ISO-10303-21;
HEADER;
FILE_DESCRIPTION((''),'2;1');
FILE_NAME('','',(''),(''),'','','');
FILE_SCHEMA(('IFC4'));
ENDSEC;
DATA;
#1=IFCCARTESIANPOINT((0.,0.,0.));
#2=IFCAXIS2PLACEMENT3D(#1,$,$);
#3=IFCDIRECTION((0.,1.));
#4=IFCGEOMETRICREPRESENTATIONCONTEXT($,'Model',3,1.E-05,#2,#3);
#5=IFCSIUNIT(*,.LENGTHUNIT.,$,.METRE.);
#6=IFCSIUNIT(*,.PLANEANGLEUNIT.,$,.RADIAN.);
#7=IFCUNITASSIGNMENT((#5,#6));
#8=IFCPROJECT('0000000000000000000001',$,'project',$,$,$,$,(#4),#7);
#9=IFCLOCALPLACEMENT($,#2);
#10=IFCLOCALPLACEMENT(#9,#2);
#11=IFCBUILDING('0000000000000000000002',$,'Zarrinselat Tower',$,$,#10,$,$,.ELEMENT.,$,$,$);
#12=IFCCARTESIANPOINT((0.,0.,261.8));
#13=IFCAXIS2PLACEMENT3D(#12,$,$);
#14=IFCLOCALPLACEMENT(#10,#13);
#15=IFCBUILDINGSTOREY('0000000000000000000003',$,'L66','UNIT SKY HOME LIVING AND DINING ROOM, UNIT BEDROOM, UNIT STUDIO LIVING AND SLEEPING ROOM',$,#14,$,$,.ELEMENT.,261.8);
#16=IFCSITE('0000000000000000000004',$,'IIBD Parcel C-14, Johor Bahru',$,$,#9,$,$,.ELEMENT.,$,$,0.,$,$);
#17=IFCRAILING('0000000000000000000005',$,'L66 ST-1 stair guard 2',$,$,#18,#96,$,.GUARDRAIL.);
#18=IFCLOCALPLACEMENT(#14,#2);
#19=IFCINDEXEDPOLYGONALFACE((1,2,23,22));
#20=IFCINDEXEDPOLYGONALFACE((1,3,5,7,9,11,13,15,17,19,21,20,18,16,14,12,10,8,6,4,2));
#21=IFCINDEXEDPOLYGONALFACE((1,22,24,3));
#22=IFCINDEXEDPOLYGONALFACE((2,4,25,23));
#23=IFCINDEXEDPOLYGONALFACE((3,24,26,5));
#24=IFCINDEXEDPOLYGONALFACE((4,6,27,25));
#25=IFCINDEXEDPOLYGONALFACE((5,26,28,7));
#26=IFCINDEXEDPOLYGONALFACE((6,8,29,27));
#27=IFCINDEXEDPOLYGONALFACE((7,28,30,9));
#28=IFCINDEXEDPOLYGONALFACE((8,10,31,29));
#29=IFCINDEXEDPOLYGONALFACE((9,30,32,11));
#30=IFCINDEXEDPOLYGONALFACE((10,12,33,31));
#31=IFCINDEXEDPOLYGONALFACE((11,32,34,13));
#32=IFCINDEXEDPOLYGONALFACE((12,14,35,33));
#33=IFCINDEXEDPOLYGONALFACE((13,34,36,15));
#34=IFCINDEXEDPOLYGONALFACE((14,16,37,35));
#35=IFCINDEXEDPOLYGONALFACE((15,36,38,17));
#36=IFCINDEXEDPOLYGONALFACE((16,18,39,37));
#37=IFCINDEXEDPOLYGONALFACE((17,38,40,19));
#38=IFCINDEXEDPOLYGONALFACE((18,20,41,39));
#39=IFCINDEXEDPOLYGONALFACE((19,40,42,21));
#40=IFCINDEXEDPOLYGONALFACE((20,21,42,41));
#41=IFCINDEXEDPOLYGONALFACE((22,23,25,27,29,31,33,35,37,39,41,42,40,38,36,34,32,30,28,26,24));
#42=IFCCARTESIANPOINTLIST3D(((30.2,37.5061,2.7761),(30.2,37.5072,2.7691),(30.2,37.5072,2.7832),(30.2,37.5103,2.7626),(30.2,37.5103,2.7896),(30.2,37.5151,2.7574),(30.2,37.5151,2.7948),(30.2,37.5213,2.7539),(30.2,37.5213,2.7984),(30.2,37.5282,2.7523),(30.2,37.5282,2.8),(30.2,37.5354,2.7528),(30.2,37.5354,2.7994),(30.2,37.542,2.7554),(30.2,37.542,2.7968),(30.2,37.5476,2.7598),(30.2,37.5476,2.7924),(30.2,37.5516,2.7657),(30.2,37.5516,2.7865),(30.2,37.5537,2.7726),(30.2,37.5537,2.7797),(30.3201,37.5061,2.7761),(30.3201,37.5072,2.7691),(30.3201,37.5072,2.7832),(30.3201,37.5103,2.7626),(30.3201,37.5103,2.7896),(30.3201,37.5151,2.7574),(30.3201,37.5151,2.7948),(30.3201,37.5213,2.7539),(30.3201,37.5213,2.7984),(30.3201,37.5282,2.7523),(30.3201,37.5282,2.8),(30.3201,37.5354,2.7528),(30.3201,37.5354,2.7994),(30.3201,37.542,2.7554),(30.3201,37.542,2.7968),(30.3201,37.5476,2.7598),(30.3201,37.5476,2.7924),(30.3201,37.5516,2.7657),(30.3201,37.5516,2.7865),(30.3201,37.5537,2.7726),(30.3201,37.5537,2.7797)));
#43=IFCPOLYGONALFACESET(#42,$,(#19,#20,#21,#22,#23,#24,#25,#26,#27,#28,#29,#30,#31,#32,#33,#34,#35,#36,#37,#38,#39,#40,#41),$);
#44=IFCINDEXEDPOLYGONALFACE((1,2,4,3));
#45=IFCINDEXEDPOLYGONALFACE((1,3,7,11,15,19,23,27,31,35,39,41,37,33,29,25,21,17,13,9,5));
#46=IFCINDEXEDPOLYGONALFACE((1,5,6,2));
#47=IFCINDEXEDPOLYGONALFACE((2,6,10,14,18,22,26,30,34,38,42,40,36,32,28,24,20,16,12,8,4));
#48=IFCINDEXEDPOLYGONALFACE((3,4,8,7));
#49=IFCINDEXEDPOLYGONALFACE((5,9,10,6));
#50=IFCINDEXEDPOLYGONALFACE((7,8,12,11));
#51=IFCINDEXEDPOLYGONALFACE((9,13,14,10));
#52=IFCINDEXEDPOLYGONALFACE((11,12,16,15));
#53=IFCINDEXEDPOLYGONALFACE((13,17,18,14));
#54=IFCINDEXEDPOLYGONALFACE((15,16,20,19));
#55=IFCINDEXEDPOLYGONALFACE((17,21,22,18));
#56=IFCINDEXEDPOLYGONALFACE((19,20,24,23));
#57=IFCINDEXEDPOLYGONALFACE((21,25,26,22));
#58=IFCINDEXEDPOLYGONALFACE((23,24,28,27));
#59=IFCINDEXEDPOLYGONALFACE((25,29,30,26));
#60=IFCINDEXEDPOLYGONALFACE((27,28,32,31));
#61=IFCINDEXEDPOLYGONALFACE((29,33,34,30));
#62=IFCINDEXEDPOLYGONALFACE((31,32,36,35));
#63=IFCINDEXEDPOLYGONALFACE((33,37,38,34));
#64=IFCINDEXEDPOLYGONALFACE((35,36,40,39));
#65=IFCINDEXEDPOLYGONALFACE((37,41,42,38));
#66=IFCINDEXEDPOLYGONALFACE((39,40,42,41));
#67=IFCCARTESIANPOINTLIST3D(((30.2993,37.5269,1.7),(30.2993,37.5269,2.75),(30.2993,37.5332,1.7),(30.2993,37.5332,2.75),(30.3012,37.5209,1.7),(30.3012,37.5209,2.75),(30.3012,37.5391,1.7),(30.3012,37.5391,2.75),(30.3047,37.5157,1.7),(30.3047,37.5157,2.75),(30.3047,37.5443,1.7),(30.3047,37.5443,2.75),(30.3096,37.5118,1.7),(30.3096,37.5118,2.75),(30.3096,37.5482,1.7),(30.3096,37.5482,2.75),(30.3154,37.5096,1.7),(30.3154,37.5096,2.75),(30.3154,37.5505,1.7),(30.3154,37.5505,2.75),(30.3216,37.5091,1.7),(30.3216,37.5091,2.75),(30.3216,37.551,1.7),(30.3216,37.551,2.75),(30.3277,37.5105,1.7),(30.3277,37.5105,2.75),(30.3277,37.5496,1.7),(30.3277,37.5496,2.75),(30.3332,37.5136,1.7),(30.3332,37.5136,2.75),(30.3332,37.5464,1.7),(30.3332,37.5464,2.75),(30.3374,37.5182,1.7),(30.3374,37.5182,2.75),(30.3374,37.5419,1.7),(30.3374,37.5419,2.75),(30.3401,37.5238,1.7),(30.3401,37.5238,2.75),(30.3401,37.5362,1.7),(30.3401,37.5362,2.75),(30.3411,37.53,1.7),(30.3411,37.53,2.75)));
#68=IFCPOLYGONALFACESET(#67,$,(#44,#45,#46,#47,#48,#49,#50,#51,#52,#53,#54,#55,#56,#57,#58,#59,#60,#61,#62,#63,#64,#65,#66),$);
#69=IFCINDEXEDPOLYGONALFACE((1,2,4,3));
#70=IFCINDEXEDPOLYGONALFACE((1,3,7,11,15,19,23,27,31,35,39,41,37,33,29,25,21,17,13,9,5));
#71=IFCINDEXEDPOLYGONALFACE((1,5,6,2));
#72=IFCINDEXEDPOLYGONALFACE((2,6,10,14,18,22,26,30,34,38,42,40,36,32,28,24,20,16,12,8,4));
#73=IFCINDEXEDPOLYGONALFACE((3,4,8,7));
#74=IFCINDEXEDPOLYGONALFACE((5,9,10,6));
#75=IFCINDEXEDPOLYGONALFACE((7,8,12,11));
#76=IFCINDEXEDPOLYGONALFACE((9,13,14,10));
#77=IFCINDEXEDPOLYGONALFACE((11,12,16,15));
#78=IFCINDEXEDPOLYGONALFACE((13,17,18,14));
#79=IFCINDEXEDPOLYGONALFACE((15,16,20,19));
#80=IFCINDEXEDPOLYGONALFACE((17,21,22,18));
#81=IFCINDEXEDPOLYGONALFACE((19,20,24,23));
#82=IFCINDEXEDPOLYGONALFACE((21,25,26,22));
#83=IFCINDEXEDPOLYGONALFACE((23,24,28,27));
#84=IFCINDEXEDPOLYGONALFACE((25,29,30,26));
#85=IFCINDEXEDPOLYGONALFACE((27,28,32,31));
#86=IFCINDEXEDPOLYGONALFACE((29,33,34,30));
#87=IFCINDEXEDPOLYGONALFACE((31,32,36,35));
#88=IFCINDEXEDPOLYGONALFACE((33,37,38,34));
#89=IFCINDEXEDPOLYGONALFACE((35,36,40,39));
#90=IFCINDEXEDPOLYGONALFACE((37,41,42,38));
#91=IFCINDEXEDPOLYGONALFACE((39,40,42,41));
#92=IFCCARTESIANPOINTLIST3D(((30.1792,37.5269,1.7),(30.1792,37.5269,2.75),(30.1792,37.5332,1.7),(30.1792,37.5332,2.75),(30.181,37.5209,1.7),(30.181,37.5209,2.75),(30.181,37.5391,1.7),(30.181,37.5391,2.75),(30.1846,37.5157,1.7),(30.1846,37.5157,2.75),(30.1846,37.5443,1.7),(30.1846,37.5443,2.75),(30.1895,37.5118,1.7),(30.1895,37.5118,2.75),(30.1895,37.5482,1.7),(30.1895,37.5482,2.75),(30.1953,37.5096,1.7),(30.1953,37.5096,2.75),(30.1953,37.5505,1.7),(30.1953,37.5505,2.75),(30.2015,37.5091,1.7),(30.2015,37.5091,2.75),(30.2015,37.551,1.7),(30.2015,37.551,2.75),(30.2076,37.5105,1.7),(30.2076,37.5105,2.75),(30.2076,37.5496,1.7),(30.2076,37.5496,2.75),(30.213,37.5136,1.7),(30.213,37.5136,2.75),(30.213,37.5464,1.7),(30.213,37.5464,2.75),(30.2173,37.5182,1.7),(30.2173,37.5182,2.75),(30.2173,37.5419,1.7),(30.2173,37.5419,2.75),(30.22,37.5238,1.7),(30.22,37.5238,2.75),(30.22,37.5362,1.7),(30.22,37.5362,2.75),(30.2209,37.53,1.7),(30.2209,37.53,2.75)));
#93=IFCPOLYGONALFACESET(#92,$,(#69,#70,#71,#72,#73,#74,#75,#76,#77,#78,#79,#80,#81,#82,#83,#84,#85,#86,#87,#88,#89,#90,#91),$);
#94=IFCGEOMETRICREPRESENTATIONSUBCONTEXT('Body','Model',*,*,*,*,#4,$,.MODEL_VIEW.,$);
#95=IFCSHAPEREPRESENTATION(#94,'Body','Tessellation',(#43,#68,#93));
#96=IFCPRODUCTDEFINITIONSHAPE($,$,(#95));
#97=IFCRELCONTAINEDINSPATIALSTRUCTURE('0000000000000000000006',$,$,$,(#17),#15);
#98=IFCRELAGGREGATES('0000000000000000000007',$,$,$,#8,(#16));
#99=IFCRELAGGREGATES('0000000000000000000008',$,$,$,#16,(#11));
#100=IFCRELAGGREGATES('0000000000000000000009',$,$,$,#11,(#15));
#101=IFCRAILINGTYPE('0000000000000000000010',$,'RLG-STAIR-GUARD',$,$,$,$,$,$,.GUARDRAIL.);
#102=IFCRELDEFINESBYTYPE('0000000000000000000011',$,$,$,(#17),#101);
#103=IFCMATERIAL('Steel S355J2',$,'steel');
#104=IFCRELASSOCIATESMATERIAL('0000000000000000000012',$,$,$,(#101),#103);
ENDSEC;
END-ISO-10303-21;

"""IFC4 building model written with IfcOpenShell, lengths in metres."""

from ifc_helpers import new_model, si_unit, direction, frame, origin, origin_2d, place, context, subcontext, project, spatial, circle, extrude, material, type_object, element, save


model = new_model("IFC4")

# Units and contexts
model_context = context("Model", 3, precision=1e-05, world=origin(), true_north=direction((0.0, 1.0)))
body_context = subcontext(model_context, "Body", "Model", "MODEL_VIEW")
ifc_project = project(units=[si_unit("LENGTHUNIT", "METRE"), si_unit("PLANEANGLEUNIT", "RADIAN")], contexts=[model_context])

# Site, building, storey
site_placement = place(None, origin())
site = spatial("IfcSite", under=ifc_project, at=site_placement, Name="IIBD Parcel C-14, Johor Bahru", CompositionType="ELEMENT", RefElevation=0.0)
building_placement = place(site_placement, origin())
building = spatial("IfcBuilding", under=site, at=building_placement, Name="Zarrinselat Tower", CompositionType="ELEMENT")
storey_placement = place(building_placement, frame((0.0, 0.0, 261.8)))
storey = spatial("IfcBuildingStorey", under=building, at=storey_placement, Name="L66", Description="UNIT SKY HOME LIVING AND DINING ROOM, UNIT BEDROOM, UNIT STUDIO LIVING AND SLEEPING ROOM", CompositionType="ELEMENT", Elevation=261.8)

# Railing
ifc_material_1 = material(Name="Steel S355J2", Category="steel")
railing_type_1 = type_object("IfcRailingType", Name="RLG-STAIR-GUARD", PredefinedType="GUARDRAIL", material=ifc_material_1)
railing_1_placement = place(storey_placement, frame((30.3201, 37.53, 1.7)))
element("IfcRailing", 1, at=railing_1_placement, inside=storey, type_object=railing_type_1, Name="L66 ST-1 stair guard 2", PredefinedType="GUARDRAIL", context=body_context, shape_type="SweptSolid", body=[
    extrude(circle(Radius=0.0239, at=origin_2d()), frame((0.0, 0.0, 1.0762), z_axis=(-1.0, 0.0, 0.0), x_axis=(0.0, -1.0, 0.0)), (0.0, 0.0, 1.0), 0.1201),
    extrude(circle(Radius=0.021, at=origin_2d()), origin(), (0.0, 0.0, 1.0), 1.05),
    extrude(circle(Radius=0.021, at=origin_2d()), frame((-0.1201, 0.0, 0.0)), (0.0, 0.0, 1.0), 1.05),
])

save(model, "model.ifc")
